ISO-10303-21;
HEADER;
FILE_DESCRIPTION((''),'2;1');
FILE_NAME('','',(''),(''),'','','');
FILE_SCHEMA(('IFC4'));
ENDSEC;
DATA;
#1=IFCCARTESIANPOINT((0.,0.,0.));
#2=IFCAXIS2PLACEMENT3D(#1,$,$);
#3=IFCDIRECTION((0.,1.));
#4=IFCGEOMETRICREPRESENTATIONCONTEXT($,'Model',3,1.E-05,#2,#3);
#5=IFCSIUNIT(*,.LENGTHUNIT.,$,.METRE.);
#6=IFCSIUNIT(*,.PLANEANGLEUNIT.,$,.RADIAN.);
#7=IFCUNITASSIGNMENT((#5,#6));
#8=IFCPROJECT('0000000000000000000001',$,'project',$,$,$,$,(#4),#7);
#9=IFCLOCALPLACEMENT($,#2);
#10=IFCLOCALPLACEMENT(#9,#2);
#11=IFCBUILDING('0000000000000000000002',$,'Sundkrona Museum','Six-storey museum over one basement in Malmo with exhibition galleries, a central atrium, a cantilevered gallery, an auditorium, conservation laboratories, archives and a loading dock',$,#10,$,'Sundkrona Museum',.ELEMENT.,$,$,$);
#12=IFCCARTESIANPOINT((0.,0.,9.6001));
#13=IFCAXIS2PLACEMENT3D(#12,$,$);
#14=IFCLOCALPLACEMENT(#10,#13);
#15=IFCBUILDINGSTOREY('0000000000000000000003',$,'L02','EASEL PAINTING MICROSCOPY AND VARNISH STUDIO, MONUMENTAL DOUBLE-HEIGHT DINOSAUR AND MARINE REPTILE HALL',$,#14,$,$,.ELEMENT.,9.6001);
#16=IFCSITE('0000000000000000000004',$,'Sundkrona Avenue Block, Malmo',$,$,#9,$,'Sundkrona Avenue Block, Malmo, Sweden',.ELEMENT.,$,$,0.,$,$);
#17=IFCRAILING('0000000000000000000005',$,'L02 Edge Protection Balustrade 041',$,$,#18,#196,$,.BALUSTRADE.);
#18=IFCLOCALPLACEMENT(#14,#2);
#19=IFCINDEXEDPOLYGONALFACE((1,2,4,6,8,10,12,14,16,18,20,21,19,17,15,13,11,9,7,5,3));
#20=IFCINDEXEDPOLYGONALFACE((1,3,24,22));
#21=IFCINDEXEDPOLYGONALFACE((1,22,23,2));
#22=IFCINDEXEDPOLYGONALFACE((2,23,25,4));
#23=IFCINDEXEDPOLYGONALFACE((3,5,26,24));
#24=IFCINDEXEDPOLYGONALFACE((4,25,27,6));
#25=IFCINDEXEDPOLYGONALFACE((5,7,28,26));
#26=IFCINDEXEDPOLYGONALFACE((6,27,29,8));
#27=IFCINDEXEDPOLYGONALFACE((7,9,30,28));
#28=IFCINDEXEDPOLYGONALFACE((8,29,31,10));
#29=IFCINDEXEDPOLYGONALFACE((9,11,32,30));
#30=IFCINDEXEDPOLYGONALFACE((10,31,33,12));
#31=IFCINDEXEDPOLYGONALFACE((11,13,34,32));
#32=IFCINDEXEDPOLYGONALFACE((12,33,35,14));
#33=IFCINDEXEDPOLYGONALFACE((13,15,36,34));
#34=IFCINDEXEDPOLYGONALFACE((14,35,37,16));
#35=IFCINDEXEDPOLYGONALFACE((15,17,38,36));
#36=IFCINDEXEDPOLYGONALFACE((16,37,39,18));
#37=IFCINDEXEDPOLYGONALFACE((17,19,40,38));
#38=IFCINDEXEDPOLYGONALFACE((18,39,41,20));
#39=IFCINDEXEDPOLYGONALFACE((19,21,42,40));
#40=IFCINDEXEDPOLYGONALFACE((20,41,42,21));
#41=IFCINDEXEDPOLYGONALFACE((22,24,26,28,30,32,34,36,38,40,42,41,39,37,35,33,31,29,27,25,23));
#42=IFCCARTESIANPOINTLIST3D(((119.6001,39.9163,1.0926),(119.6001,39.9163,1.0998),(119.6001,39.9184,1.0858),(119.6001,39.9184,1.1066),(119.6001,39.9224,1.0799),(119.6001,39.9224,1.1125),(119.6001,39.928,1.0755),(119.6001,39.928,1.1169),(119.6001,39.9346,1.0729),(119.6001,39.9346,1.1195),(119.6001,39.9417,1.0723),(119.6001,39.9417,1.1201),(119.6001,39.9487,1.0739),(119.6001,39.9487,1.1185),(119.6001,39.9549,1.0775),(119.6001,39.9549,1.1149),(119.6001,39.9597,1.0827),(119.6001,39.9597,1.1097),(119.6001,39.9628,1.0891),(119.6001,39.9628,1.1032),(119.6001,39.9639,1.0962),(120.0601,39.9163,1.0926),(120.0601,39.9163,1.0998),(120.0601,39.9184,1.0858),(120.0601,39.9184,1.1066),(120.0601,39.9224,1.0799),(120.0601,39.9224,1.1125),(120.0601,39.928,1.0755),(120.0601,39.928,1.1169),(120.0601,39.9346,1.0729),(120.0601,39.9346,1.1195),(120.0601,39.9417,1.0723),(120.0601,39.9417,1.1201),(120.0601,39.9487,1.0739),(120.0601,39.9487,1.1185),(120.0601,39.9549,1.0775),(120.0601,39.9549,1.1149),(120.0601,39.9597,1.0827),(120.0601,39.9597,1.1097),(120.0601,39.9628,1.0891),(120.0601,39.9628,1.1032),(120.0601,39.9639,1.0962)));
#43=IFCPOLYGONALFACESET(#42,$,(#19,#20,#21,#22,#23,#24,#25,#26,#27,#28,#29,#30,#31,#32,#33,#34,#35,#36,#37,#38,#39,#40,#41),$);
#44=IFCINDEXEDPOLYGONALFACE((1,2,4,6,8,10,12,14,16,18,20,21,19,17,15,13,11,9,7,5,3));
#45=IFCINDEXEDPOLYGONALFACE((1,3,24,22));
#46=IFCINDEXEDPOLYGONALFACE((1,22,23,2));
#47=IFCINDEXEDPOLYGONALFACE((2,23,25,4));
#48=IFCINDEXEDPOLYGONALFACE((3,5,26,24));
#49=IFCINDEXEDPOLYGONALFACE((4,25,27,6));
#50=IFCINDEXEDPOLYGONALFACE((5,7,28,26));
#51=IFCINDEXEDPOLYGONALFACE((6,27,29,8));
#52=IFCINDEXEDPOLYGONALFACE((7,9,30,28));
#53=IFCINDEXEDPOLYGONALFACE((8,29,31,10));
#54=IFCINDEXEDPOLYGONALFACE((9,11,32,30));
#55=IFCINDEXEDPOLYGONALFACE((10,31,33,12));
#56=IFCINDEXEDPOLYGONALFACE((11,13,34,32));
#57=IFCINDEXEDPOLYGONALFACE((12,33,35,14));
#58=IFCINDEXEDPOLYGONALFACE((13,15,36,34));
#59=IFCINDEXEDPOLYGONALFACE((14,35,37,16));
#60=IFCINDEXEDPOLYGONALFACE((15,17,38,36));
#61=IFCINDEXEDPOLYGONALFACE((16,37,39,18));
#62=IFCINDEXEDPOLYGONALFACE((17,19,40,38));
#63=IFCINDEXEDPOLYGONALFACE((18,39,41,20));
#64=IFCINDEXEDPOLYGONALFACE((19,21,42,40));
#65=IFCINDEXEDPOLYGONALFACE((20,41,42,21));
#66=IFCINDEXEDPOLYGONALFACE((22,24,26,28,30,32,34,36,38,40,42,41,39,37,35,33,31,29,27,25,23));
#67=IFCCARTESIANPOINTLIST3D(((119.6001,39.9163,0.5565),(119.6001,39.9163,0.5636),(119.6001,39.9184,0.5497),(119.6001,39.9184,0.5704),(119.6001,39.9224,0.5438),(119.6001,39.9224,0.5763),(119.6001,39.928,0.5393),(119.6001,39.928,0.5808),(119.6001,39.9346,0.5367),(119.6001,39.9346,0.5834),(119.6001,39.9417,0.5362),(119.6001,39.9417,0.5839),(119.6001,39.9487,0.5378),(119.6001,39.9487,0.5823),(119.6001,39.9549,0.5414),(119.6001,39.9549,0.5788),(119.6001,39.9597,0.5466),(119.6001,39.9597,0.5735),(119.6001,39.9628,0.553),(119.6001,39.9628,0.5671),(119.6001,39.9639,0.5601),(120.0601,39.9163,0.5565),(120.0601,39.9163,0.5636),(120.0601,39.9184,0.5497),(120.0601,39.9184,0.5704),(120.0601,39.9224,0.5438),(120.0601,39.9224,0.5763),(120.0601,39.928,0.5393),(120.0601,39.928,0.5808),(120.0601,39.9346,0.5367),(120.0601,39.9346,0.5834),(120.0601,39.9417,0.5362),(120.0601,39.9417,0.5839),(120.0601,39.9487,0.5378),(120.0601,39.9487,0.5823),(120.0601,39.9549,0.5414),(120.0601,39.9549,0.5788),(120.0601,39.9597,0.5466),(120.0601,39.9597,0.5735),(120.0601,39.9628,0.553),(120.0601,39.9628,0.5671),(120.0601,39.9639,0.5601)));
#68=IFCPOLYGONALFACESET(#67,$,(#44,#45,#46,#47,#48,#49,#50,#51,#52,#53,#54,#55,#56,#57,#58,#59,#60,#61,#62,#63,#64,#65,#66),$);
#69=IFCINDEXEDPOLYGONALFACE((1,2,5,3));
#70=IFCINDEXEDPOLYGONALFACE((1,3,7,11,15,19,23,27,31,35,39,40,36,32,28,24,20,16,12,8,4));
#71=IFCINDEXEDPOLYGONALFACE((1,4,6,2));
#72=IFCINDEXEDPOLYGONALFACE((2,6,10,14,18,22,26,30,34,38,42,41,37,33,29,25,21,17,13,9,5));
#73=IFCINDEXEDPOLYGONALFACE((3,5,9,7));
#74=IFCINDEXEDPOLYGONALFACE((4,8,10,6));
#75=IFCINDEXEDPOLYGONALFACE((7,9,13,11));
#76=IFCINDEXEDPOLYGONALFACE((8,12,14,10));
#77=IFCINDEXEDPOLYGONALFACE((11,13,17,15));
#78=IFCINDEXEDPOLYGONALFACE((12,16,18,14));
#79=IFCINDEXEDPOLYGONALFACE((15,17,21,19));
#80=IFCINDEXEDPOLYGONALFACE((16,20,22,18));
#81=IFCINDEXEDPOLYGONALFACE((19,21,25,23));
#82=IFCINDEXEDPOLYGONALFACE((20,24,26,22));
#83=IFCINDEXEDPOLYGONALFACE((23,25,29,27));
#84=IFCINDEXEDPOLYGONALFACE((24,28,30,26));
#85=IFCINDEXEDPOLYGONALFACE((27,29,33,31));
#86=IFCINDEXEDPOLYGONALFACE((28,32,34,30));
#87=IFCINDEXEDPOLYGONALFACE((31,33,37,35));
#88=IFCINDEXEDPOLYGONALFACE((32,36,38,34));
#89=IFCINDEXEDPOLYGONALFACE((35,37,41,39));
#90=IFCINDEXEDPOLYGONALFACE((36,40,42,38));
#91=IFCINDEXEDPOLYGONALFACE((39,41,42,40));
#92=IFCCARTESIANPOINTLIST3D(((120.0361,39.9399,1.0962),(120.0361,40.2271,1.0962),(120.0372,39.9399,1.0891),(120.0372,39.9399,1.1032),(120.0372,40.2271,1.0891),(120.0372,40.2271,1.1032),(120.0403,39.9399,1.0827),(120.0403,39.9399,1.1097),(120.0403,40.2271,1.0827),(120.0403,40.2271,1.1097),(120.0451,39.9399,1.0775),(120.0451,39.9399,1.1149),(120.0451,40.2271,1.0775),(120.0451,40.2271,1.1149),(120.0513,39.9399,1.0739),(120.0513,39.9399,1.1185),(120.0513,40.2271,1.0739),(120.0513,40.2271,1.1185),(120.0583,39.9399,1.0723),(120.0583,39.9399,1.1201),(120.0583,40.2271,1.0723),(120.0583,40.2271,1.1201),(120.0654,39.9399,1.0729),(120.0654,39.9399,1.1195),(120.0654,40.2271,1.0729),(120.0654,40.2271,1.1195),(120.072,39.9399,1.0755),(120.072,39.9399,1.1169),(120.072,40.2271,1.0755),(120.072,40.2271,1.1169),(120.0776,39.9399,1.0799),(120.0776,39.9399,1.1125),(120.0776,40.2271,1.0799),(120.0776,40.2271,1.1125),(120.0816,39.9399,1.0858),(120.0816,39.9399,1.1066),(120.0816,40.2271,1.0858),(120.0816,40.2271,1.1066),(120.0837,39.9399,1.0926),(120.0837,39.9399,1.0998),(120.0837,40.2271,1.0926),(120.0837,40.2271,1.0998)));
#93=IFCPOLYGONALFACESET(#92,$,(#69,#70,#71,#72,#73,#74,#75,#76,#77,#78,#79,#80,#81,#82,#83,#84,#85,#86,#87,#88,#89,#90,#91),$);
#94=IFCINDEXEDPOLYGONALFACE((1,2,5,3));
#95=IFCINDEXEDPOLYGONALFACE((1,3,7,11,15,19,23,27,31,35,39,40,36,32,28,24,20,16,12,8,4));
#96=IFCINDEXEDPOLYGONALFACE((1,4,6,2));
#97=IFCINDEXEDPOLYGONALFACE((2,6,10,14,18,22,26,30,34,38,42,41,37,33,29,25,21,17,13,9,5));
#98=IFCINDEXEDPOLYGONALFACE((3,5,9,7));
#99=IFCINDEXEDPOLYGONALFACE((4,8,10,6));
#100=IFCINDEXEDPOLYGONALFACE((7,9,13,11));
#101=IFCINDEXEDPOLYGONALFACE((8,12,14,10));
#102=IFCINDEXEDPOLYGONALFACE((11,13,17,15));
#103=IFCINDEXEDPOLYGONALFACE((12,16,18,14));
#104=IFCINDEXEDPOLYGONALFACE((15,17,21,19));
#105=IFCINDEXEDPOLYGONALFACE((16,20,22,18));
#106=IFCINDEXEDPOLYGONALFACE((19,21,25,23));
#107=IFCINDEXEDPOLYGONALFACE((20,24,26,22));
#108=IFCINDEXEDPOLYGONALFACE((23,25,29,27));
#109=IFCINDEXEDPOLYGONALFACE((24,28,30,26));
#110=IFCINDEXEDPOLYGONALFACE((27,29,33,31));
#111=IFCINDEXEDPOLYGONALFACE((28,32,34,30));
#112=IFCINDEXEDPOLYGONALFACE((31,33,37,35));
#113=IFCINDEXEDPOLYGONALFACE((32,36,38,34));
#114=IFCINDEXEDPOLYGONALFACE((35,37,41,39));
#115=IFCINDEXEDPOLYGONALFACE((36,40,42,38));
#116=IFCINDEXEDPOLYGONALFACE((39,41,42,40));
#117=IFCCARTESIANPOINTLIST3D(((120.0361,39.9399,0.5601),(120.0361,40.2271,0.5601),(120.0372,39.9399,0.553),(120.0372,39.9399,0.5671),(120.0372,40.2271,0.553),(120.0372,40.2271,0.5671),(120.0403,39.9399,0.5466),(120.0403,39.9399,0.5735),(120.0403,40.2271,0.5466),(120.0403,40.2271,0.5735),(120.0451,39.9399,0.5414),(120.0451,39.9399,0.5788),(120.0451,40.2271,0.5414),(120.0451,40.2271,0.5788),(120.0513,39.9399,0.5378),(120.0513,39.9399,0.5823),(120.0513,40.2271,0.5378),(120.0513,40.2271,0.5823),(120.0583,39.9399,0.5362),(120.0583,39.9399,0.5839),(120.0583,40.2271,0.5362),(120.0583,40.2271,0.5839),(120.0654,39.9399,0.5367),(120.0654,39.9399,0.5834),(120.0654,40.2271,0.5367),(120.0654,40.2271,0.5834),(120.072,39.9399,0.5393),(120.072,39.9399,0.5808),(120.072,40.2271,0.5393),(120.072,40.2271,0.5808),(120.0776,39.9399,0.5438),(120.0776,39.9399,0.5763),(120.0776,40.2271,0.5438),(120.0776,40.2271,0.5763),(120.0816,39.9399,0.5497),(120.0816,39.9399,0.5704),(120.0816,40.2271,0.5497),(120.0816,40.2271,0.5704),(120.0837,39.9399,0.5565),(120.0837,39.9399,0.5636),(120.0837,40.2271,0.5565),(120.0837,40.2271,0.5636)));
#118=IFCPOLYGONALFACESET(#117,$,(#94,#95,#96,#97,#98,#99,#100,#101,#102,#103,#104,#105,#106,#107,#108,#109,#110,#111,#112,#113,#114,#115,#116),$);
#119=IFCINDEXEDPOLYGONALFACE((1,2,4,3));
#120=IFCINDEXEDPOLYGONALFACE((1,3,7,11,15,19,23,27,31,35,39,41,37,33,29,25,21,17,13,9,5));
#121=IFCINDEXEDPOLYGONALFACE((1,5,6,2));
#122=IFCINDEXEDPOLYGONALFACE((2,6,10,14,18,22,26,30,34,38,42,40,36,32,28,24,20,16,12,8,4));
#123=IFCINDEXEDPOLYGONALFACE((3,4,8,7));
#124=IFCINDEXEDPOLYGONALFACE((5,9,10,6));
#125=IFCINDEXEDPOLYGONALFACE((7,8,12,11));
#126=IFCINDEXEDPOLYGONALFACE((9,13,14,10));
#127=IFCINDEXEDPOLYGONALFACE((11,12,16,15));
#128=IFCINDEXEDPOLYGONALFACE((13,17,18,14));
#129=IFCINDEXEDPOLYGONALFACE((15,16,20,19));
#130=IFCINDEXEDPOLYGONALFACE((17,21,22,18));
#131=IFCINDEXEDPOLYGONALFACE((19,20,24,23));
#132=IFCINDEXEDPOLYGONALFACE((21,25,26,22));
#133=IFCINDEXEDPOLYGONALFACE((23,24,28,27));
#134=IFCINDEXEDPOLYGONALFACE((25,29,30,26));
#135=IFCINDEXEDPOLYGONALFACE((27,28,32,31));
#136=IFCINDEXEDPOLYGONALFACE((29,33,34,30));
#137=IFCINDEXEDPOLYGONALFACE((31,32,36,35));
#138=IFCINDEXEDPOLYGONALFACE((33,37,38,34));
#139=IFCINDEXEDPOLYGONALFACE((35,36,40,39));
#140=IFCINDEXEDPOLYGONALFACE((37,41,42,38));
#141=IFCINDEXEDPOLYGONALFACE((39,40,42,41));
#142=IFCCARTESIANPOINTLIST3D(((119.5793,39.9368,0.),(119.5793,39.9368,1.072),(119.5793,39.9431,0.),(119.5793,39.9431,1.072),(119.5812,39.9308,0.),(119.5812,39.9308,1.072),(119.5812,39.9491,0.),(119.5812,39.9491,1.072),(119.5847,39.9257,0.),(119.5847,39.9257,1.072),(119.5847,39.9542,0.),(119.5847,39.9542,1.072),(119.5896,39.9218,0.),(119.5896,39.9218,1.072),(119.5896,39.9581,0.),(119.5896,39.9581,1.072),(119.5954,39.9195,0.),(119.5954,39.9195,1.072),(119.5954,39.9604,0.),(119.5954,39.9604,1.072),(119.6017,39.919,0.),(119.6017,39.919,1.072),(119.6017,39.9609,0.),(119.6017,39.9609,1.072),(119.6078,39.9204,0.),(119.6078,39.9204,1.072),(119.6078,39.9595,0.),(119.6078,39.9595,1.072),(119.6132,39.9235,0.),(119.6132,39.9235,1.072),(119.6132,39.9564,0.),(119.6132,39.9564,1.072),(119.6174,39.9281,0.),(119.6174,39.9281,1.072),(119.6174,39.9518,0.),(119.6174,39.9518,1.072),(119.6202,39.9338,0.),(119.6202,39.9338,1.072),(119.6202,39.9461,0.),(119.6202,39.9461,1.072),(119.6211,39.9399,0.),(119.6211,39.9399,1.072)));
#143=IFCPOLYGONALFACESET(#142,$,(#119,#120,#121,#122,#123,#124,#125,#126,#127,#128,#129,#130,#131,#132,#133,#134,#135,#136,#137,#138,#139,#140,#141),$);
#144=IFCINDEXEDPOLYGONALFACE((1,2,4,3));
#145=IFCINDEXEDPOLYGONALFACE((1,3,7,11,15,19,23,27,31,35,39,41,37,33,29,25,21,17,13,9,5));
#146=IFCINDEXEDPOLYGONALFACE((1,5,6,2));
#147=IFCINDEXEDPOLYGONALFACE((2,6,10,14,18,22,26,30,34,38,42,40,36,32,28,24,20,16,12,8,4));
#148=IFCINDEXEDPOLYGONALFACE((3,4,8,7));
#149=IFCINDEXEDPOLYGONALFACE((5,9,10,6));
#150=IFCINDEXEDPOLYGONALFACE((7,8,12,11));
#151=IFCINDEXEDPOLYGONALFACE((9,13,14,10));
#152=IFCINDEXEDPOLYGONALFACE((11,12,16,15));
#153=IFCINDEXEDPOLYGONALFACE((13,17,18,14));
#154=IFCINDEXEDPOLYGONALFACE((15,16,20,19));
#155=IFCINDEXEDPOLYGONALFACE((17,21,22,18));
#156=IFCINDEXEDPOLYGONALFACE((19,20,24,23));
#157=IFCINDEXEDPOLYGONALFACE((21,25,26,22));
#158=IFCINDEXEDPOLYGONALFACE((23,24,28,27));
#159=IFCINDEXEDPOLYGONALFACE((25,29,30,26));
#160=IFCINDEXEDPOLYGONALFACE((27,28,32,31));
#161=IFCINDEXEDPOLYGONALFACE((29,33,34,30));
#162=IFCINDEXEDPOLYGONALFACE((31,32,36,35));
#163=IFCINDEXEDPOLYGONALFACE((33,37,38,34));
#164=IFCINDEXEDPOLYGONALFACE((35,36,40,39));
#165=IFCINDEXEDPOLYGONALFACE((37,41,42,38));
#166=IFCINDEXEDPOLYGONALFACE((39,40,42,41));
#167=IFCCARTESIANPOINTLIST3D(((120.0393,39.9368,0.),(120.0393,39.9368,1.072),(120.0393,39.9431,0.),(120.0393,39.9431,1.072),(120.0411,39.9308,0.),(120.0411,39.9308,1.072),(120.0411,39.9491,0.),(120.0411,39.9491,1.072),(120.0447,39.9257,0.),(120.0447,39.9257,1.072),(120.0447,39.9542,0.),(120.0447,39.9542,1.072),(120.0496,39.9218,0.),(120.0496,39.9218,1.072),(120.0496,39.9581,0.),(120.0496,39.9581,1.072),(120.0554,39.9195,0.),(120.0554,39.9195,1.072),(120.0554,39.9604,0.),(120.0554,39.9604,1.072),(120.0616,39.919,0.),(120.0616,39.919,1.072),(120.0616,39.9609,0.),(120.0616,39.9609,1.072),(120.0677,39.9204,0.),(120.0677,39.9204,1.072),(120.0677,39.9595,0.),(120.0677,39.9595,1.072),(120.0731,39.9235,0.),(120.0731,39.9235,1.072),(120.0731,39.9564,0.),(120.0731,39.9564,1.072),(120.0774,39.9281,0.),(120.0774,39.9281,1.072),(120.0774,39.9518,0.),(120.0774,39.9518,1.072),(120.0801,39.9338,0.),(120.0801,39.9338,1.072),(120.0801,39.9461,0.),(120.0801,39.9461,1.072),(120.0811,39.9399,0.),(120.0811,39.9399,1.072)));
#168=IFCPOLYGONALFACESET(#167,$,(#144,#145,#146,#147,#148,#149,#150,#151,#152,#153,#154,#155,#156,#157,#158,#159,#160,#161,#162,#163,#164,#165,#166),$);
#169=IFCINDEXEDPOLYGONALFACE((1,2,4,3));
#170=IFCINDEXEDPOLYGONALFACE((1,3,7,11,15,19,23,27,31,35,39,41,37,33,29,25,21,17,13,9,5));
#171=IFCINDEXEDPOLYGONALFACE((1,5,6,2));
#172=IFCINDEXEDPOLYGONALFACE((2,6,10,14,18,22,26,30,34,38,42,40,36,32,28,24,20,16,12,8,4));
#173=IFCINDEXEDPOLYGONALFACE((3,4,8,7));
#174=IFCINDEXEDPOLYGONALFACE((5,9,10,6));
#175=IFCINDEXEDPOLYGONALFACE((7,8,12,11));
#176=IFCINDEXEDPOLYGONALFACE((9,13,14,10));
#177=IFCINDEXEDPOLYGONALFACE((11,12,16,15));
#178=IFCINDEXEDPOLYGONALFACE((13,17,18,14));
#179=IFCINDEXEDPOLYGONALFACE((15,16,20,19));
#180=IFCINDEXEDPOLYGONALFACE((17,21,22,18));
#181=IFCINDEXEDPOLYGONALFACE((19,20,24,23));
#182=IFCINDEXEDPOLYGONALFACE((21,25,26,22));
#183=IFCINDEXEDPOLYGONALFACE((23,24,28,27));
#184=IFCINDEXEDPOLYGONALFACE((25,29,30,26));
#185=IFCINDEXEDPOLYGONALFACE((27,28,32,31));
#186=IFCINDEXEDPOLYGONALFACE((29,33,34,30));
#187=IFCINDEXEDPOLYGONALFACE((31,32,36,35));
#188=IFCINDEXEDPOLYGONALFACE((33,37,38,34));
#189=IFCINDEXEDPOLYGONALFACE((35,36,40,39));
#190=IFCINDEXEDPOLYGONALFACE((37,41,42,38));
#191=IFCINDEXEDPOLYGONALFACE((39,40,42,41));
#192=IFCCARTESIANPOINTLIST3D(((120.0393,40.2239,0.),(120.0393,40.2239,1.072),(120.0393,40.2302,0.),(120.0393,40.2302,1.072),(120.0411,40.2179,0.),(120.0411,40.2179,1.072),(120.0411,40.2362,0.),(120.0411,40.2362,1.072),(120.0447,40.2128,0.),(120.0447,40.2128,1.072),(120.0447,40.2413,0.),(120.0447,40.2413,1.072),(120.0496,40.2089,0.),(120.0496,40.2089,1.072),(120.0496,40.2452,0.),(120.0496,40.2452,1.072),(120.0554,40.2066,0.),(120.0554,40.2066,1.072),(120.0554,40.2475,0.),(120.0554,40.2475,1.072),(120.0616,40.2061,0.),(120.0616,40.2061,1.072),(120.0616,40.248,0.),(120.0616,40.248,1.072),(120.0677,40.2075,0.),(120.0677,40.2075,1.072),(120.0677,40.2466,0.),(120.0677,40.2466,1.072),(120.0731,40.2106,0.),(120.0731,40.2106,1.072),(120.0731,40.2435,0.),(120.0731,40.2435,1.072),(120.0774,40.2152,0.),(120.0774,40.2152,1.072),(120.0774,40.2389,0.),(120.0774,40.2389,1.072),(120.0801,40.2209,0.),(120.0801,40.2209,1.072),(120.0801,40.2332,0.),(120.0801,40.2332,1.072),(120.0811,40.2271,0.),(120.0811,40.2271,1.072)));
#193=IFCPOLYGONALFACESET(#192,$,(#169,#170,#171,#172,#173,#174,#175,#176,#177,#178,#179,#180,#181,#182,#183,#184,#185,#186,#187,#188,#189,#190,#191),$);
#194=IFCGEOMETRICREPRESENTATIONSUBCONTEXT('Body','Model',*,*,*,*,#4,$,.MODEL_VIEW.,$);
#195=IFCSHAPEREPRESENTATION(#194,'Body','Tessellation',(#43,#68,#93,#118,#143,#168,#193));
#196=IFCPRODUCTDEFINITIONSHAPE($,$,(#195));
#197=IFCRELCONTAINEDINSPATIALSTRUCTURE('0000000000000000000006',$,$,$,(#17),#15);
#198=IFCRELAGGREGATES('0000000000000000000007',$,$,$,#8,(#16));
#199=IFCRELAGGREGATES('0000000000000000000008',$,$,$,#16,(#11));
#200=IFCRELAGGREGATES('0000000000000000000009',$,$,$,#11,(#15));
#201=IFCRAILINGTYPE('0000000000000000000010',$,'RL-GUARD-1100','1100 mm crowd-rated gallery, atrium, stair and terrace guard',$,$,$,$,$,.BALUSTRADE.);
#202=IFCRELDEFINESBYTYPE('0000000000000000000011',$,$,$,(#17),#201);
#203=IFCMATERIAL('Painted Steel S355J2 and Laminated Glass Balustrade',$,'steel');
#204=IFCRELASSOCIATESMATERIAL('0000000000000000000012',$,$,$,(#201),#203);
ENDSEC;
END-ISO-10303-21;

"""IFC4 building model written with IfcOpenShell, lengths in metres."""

from ifc_helpers import new_model, si_unit, direction, frame, origin, origin_2d, place, context, subcontext, project, spatial, circle, extrude, material, type_object, element, save


model = new_model("IFC4")

# Units and contexts
model_context = context("Model", 3, precision=1e-05, world=origin(), true_north=direction((0.0, 1.0)))
body_context = subcontext(model_context, "Body", "Model", "MODEL_VIEW")
ifc_project = project(units=[si_unit("LENGTHUNIT", "METRE"), si_unit("PLANEANGLEUNIT", "RADIAN")], contexts=[model_context])

# Site, building, storey
site_placement = place(None, origin())
site = spatial("IfcSite", under=ifc_project, at=site_placement, Name="Sundkrona Avenue Block, Malmo", LongName="Sundkrona Avenue Block, Malmo, Sweden", CompositionType="ELEMENT", RefElevation=0.0)
building_placement = place(site_placement, origin())
building = spatial("IfcBuilding", under=site, at=building_placement, Name="Sundkrona Museum", Description="Six-storey museum over one basement in Malmo with exhibition galleries, a central atrium, a cantilevered gallery, an auditorium, conservation laboratories, archives and a loading dock", LongName="Sundkrona Museum", CompositionType="ELEMENT")
storey_placement = place(building_placement, frame((0.0, 0.0, 9.6001)))
storey = spatial("IfcBuildingStorey", under=building, at=storey_placement, Name="L02", Description="EASEL PAINTING MICROSCOPY AND VARNISH STUDIO, MONUMENTAL DOUBLE-HEIGHT DINOSAUR AND MARINE REPTILE HALL", CompositionType="ELEMENT", Elevation=9.6001)

# Railing
ifc_material_1 = material(Name="Painted Steel S355J2 and Laminated Glass Balustrade", Category="steel")
railing_type = type_object("IfcRailingType", Name="RL-GUARD-1100", Description="1100 mm crowd-rated gallery, atrium, stair and terrace guard", PredefinedType="BALUSTRADE", material=ifc_material_1)
railing_1_placement = place(storey_placement, frame((119.6001, 39.9399, 0.0)))
element("IfcRailing", 1, at=railing_1_placement, inside=storey, type_object=railing_type, Name="L02 Edge Protection Balustrade 041", PredefinedType="BALUSTRADE", context=body_context, shape_type="SweptSolid", body=[
    extrude(circle(Radius=0.0239, at=origin_2d()), frame((0.0, 0.0, 1.0962), z_axis=(1.0, 0.0, 0.0), x_axis=(0.0, 1.0, 0.0)), (0.0, 0.0, 1.0), 0.46),
    extrude(circle(Radius=0.0239, at=origin_2d()), frame((0.0, 0.0, 0.5601), z_axis=(1.0, 0.0, 0.0), x_axis=(0.0, 1.0, 0.0)), (0.0, 0.0, 1.0), 0.46),
    extrude(circle(Radius=0.0239, at=origin_2d()), frame((0.46, 0.0, 1.0962), z_axis=(0.0, 1.0, 0.0), x_axis=(-1.0, 0.0, 0.0)), (0.0, 0.0, 1.0), 0.2871),
    extrude(circle(Radius=0.0239, at=origin_2d()), frame((0.46, 0.0, 0.5601), z_axis=(0.0, 1.0, 0.0), x_axis=(-1.0, 0.0, 0.0)), (0.0, 0.0, 1.0), 0.2871),
    extrude(circle(Radius=0.021, at=origin_2d()), origin(), (0.0, 0.0, 1.0), 1.072),
    extrude(circle(Radius=0.021, at=origin_2d()), frame((0.46, 0.0, 0.0)), (0.0, 0.0, 1.0), 1.072),
    extrude(circle(Radius=0.021, at=origin_2d()), frame((0.46, 0.2871, 0.0)), (0.0, 0.0, 1.0), 1.072),
])

save(model, "model.ifc")
